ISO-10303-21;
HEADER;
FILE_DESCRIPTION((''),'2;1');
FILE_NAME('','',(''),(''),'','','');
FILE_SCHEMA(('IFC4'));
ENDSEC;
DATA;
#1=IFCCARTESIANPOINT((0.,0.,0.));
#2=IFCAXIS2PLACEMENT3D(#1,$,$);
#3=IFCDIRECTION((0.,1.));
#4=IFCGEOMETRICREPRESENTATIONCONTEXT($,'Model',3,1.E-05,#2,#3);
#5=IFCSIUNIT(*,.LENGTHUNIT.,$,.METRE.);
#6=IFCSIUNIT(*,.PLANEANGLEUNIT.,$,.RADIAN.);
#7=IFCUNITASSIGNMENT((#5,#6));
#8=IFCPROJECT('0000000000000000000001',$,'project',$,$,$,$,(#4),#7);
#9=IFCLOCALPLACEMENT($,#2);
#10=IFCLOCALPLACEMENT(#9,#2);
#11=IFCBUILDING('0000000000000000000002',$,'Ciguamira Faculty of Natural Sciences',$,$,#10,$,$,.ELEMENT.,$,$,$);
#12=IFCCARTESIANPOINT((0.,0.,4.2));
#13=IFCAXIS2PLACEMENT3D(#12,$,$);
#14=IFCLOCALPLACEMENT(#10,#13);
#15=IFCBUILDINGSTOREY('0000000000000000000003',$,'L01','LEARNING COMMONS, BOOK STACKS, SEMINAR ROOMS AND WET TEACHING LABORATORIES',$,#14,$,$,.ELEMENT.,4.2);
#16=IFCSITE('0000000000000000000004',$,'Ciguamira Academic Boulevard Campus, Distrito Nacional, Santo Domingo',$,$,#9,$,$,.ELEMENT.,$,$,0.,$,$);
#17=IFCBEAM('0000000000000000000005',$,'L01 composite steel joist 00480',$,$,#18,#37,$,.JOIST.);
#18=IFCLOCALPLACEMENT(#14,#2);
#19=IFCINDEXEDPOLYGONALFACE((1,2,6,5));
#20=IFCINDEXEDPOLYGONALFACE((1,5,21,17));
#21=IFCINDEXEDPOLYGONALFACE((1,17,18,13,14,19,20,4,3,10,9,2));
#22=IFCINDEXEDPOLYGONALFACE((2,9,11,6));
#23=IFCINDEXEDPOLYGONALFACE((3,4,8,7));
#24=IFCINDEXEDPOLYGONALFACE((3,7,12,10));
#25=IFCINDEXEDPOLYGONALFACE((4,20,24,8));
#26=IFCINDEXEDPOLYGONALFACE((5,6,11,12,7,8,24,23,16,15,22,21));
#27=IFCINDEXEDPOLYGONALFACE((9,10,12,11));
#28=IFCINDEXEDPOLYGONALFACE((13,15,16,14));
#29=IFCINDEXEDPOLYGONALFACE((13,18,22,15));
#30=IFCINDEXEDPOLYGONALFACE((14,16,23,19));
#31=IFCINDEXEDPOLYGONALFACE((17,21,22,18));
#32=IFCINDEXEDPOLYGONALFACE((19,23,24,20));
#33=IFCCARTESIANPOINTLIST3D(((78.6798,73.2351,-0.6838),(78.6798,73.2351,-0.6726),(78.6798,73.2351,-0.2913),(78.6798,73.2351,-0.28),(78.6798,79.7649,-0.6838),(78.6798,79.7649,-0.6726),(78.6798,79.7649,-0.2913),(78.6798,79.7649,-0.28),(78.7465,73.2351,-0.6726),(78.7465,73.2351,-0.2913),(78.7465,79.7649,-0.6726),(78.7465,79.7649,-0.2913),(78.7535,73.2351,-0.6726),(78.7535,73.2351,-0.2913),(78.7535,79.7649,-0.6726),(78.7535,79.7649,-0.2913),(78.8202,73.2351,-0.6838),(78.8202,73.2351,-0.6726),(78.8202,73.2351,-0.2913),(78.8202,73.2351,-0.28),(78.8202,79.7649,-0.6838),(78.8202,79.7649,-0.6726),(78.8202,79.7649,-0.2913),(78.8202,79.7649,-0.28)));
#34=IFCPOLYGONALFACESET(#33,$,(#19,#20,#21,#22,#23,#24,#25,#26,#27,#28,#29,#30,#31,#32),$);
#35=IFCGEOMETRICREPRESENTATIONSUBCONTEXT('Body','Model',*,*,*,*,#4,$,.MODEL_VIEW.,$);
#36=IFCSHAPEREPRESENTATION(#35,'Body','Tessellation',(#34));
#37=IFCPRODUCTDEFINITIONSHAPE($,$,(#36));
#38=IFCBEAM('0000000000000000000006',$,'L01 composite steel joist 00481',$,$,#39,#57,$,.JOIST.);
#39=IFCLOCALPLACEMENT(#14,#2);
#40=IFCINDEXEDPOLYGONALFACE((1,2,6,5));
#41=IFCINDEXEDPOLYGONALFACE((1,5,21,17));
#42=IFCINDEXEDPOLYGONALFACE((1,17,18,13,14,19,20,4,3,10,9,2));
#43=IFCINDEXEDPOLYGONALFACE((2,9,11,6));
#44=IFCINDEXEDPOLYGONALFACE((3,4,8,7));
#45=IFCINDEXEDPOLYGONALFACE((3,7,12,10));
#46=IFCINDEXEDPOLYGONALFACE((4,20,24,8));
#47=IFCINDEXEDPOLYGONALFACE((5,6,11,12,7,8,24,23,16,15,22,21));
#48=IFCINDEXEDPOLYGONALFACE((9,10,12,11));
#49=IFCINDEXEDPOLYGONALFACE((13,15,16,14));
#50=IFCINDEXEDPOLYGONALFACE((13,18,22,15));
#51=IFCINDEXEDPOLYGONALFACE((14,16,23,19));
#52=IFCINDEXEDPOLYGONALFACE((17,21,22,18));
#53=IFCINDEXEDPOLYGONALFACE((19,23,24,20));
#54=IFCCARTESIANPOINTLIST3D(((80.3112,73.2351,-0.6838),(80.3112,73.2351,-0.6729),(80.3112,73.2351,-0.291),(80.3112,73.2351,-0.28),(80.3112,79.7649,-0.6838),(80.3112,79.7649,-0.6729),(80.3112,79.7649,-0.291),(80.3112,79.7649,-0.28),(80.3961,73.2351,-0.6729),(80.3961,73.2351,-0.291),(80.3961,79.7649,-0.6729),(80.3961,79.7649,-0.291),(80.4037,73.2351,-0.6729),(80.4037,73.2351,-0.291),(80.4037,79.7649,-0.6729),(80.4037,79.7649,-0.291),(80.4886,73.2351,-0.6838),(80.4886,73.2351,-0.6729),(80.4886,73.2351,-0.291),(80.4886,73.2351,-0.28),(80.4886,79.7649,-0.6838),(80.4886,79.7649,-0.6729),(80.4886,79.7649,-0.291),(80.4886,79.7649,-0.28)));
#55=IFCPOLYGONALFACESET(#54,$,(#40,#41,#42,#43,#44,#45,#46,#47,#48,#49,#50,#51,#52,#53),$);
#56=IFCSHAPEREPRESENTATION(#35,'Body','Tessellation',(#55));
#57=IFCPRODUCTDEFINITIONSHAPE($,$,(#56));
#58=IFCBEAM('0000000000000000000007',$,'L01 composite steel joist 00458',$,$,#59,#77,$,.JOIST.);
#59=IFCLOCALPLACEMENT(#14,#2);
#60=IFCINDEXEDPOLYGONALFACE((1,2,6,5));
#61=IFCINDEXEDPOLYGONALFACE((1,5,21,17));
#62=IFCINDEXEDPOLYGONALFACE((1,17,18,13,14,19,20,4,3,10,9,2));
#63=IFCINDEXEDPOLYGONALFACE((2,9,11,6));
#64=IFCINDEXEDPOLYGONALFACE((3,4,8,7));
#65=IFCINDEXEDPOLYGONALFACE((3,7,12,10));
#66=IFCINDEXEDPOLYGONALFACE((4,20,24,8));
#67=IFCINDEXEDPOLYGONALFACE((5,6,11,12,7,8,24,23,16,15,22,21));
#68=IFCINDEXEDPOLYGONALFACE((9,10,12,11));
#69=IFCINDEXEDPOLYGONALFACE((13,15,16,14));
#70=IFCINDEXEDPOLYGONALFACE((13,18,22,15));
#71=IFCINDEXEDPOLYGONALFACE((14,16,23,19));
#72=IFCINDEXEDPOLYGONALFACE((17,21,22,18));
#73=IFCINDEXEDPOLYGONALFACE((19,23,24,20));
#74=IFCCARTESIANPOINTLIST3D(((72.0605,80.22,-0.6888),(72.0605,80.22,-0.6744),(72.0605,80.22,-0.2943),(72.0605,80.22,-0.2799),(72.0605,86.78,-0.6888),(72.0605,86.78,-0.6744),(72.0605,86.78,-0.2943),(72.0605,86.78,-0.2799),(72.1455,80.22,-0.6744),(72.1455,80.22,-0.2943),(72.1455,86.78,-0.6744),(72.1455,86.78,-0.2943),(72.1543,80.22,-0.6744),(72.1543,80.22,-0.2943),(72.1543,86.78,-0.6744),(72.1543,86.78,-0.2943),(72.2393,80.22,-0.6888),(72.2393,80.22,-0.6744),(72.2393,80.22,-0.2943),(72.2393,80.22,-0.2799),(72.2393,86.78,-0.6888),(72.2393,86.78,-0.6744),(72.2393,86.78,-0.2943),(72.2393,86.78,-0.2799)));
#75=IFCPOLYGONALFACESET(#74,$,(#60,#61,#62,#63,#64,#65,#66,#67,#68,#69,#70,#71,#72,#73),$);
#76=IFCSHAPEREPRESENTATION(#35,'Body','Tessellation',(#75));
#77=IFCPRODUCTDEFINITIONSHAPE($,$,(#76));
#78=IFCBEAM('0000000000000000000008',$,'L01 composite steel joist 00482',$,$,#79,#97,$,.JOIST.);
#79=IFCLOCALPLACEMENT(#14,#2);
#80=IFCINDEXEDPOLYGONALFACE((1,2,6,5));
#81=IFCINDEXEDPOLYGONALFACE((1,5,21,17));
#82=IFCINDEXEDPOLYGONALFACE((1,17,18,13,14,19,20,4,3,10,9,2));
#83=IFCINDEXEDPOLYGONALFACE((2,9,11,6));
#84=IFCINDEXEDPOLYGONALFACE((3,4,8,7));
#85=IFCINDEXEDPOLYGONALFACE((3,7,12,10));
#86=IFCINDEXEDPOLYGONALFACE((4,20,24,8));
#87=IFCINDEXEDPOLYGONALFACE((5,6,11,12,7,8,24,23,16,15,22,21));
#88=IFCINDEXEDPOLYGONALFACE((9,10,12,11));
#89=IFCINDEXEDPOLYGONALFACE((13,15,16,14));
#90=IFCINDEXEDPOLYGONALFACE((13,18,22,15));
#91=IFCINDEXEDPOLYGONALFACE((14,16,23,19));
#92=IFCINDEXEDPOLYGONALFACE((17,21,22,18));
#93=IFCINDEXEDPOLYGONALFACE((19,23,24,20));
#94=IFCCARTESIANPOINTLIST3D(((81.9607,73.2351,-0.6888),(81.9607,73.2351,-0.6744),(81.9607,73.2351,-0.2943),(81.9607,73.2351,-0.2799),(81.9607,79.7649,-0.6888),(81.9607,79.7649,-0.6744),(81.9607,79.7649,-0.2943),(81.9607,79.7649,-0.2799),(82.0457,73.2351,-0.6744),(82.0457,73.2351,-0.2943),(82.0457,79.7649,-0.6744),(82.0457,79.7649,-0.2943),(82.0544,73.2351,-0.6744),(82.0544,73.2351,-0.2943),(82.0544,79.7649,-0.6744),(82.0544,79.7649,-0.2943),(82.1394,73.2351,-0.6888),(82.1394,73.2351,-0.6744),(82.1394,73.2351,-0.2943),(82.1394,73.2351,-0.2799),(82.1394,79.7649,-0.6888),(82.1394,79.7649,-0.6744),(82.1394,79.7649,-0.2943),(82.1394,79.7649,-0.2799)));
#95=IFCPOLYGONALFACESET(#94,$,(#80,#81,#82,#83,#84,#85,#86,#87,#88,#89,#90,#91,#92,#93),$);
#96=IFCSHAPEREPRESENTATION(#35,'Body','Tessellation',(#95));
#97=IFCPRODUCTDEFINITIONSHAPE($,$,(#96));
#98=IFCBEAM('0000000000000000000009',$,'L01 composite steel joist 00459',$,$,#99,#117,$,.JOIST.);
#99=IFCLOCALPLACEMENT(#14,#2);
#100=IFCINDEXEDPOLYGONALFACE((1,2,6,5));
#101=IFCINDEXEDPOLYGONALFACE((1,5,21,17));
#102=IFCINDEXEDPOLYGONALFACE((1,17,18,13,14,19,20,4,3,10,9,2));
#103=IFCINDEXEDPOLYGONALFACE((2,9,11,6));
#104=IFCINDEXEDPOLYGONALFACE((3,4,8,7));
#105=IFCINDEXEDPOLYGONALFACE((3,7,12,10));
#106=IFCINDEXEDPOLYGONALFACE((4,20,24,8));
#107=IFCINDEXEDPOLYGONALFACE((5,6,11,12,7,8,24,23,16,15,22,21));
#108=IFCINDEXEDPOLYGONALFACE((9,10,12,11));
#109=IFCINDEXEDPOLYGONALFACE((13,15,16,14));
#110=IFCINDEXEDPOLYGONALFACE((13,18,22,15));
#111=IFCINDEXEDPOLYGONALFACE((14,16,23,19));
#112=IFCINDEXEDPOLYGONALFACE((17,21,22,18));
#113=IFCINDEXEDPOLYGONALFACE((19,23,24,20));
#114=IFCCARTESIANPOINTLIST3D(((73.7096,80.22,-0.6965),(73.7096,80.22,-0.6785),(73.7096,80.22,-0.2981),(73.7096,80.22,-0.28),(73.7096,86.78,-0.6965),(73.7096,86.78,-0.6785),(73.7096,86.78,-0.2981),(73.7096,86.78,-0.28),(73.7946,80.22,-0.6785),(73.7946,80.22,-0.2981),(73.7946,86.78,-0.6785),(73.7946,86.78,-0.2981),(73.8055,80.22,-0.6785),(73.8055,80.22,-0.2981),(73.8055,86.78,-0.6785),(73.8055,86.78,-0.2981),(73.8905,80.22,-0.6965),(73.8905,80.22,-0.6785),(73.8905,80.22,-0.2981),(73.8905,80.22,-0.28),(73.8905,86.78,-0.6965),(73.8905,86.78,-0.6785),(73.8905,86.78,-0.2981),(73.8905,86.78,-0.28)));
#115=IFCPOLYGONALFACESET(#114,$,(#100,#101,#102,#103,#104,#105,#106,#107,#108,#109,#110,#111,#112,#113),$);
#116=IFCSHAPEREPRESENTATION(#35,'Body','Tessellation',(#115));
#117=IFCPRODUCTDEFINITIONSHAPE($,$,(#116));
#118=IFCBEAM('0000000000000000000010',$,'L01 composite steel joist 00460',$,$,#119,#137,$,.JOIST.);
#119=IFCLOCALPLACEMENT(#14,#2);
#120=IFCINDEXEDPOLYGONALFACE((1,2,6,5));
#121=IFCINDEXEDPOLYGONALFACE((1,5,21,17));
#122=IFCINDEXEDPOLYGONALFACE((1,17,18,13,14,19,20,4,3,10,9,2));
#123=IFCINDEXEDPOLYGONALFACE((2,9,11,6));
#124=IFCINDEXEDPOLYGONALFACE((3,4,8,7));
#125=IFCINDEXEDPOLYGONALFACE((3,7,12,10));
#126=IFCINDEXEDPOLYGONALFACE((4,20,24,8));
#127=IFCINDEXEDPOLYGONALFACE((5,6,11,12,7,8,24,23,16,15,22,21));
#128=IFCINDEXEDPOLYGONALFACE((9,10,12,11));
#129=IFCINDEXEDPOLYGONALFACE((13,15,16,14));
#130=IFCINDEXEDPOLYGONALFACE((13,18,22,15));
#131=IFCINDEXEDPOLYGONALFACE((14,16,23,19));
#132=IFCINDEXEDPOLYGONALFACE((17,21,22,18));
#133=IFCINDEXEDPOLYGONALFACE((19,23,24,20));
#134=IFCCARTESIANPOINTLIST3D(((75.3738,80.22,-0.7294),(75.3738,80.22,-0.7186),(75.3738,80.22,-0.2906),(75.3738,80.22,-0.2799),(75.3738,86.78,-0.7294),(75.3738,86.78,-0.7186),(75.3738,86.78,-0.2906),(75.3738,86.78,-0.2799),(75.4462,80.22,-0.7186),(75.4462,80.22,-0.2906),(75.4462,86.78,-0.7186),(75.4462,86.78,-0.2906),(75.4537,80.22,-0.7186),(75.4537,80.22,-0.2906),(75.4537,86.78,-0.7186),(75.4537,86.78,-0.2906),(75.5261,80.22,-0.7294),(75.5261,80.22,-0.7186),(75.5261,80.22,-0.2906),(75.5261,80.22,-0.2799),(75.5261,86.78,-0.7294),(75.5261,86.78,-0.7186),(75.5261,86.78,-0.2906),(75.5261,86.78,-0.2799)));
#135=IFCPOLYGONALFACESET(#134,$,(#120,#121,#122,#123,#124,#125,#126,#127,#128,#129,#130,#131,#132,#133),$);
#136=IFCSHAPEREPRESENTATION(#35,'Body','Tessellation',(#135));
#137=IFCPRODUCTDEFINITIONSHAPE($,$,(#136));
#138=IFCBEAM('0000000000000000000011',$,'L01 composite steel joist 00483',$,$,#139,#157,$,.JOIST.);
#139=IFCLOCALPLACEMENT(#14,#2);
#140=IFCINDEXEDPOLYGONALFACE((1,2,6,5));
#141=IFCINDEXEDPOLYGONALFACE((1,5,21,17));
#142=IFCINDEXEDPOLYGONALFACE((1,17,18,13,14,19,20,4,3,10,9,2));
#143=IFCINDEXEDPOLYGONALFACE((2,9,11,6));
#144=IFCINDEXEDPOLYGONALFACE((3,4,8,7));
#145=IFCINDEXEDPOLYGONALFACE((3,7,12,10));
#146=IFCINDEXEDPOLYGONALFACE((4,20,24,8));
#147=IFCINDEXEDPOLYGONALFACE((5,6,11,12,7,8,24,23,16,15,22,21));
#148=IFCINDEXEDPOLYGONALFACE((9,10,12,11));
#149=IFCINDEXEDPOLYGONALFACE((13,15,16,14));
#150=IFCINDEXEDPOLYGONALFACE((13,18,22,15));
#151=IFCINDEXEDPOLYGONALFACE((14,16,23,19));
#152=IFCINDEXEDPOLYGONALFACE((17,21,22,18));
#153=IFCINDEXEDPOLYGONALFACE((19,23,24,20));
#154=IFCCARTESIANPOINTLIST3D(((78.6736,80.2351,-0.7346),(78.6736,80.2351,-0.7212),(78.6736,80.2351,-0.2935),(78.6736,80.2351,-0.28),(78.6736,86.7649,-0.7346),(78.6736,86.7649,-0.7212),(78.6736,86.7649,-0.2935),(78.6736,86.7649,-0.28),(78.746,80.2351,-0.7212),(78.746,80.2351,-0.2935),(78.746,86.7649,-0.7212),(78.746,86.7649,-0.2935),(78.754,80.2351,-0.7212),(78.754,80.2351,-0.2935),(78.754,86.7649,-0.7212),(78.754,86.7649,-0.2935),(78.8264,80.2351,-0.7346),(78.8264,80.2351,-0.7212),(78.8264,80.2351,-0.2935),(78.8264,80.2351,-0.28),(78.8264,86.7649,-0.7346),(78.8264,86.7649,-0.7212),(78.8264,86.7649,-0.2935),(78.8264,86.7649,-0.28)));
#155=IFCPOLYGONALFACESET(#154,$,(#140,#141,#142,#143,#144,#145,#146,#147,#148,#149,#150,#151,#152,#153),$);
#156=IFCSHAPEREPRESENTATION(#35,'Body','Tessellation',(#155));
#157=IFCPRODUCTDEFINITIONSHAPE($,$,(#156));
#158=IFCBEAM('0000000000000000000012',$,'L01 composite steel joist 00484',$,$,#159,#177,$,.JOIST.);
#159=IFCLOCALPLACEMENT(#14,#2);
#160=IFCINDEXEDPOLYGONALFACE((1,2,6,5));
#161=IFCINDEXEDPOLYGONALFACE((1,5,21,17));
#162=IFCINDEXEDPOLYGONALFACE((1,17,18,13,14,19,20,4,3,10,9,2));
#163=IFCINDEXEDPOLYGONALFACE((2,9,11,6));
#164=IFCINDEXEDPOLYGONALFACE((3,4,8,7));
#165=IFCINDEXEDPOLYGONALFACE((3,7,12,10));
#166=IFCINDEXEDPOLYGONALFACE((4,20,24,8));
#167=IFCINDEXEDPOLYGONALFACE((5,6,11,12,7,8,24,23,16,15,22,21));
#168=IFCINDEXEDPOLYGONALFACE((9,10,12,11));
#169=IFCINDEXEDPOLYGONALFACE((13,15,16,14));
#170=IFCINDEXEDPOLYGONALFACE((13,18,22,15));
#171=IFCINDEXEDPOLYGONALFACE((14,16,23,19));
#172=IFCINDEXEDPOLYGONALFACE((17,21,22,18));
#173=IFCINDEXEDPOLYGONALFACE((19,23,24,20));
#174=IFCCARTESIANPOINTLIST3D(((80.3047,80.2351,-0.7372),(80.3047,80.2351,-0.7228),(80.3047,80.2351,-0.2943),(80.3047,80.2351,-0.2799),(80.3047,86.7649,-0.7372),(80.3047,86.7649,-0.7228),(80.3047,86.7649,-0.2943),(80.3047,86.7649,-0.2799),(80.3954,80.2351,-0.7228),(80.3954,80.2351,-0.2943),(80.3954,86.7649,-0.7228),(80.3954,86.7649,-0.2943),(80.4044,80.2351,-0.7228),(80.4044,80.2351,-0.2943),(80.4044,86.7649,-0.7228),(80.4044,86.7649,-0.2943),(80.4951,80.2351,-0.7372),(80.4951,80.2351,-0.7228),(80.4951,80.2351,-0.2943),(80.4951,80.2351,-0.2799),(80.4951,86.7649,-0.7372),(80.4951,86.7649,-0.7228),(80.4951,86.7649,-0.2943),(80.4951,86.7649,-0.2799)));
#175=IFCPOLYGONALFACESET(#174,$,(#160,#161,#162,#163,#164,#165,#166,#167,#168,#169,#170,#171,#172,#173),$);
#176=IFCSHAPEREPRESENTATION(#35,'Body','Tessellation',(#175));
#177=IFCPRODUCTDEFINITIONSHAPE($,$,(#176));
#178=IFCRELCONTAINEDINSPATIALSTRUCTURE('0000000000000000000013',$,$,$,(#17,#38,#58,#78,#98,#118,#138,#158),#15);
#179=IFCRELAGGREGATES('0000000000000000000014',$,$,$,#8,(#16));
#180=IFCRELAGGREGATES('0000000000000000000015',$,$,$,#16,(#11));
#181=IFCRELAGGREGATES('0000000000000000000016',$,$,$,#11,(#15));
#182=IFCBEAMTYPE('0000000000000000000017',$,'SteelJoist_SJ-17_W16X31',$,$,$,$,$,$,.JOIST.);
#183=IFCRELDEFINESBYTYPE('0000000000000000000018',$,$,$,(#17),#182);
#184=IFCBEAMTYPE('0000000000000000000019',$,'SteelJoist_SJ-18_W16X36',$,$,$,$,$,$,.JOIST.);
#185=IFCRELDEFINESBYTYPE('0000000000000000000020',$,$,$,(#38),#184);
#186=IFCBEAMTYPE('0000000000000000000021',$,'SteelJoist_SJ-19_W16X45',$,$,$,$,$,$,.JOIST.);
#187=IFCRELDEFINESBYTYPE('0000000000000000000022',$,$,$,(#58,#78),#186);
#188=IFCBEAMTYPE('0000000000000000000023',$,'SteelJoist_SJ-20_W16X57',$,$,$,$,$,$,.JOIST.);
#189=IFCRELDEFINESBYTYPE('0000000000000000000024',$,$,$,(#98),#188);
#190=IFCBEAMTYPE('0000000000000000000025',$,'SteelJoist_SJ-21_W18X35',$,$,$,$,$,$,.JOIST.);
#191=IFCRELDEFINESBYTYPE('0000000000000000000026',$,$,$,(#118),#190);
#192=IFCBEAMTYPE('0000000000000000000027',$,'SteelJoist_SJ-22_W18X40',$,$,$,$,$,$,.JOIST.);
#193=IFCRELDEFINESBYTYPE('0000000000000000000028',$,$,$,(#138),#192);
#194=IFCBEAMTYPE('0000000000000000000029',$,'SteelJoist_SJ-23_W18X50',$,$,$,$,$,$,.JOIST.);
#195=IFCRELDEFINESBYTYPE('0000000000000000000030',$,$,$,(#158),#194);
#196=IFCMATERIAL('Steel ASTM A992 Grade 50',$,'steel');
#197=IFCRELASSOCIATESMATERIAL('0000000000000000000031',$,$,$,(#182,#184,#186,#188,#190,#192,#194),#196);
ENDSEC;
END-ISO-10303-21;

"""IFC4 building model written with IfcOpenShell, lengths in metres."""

from ifc_helpers import new_model, si_unit, direction, frame, origin, origin_2d, place, context, subcontext, project, spatial, i_section, extrude, material, material_profile, profile_set, type_object, element, save


model = new_model("IFC4")

# Units and contexts
model_context = context("Model", 3, precision=1e-05, world=origin(), true_north=direction((0.0, 1.0)))
body_context = subcontext(model_context, "Body", "Model", "MODEL_VIEW")
ifc_project = project(units=[si_unit("LENGTHUNIT", "METRE"), si_unit("PLANEANGLEUNIT", "RADIAN")], contexts=[model_context])

# Site, building, storey
site_placement = place(None, origin())
site = spatial("IfcSite", under=ifc_project, at=site_placement, Name="Ciguamira Academic Boulevard Campus, Distrito Nacional, Santo Domingo", CompositionType="ELEMENT", RefElevation=0.0)
building_placement = place(site_placement, origin())
building = spatial("IfcBuilding", under=site, at=building_placement, Name="Ciguamira Faculty of Natural Sciences", CompositionType="ELEMENT")
storey_placement = place(building_placement, frame((0.0, 0.0, 4.2)))
storey = spatial("IfcBuildingStorey", under=building, at=storey_placement, Name="L01", Description="LEARNING COMMONS, BOOK STACKS, SEMINAR ROOMS AND WET TEACHING LABORATORIES", CompositionType="ELEMENT", Elevation=4.2)

# Beams
ifc_material_1 = material(Name="Steel ASTM A992 Grade 50", Category="steel")
ifc_material_profile_1 = material_profile(ifc_material_1, i_section(OverallWidth=0.1404, OverallDepth=0.4038, WebThickness=0.0071, FlangeThickness=0.0112, at=origin_2d()), Name="W16X31")
ifc_profile_set_1 = profile_set([ifc_material_profile_1], Name="Steel ASTM A992 Grade 50")
beam_type_1 = type_object("IfcBeamType", Name="SteelJoist_SJ-17_W16X31", PredefinedType="JOIST", material=ifc_profile_set_1)
beam_1_placement = place(storey_placement, frame((78.75, 73.2351, -0.4819), z_axis=(0.0, 1.0, 0.0), x_axis=(-1.0, 0.0, 0.0)))
element("IfcBeam", 1, at=beam_1_placement, inside=storey, type_object=beam_type_1, Name="L01 composite steel joist 00480", PredefinedType="JOIST", context=body_context, shape_type="SweptSolid", body=[
    extrude(i_section(OverallWidth=0.1404, OverallDepth=0.4038, WebThickness=0.0071, FlangeThickness=0.0112, at=origin_2d()), origin(), (0.0, 0.0, 1.0), 6.5298),
])
ifc_material_profile_2 = material_profile(ifc_material_1, i_section(OverallWidth=0.1775, OverallDepth=0.4038, WebThickness=0.0076, FlangeThickness=0.011, at=origin_2d()), Name="W16X36")
ifc_profile_set_2 = profile_set([ifc_material_profile_2], Name="Steel ASTM A992 Grade 50")
beam_type_2 = type_object("IfcBeamType", Name="SteelJoist_SJ-18_W16X36", PredefinedType="JOIST", material=ifc_profile_set_2)
beam_2_placement = place(storey_placement, frame((80.3999, 73.2351, -0.4819), z_axis=(0.0, 1.0, 0.0), x_axis=(-1.0, 0.0, 0.0)))
element("IfcBeam", 2, at=beam_2_placement, inside=storey, type_object=beam_type_2, Name="L01 composite steel joist 00481", PredefinedType="JOIST", context=body_context, shape_type="SweptSolid", body=[
    extrude(i_section(OverallWidth=0.1775, OverallDepth=0.4038, WebThickness=0.0076, FlangeThickness=0.011, at=origin_2d()), origin(), (0.0, 0.0, 1.0), 6.5298),
])
ifc_material_profile_3 = material_profile(ifc_material_1, i_section(OverallWidth=0.1787, OverallDepth=0.4089, WebThickness=0.0088, FlangeThickness=0.0144, at=origin_2d()), Name="W16X45")
ifc_profile_set_3 = profile_set([ifc_material_profile_3], Name="Steel ASTM A992 Grade 50")
beam_type_3 = type_object("IfcBeamType", Name="SteelJoist_SJ-19_W16X45", PredefinedType="JOIST", material=ifc_profile_set_3)
beam_3_placement = place(storey_placement, frame((72.1499, 80.22, -0.4844), z_axis=(0.0, 1.0, 0.0), x_axis=(-1.0, 0.0, 0.0)))
element("IfcBeam", 3, at=beam_3_placement, inside=storey, type_object=beam_type_3, Name="L01 composite steel joist 00458", PredefinedType="JOIST", context=body_context, shape_type="SweptSolid", body=[
    extrude(i_section(OverallWidth=0.1787, OverallDepth=0.4089, WebThickness=0.0088, FlangeThickness=0.0144, at=origin_2d()), origin(), (0.0, 0.0, 1.0), 6.5601),
])
beam_4_placement = place(storey_placement, frame((82.05, 73.2351, -0.4844), z_axis=(0.0, 1.0, 0.0), x_axis=(-1.0, 0.0, 0.0)))
element("IfcBeam", 4, at=beam_4_placement, inside=storey, type_object=beam_type_3, Name="L01 composite steel joist 00482", PredefinedType="JOIST", context=body_context, shape_type="SweptSolid", body=[
    extrude(i_section(OverallWidth=0.1787, OverallDepth=0.4089, WebThickness=0.0088, FlangeThickness=0.0144, at=origin_2d()), origin(), (0.0, 0.0, 1.0), 6.5298),
])
ifc_material_profile_4 = material_profile(ifc_material_1, i_section(OverallWidth=0.1809, OverallDepth=0.4165, WebThickness=0.011, FlangeThickness=0.0181, at=origin_2d()), Name="W16X57")
ifc_profile_set_4 = profile_set([ifc_material_profile_4], Name="Steel ASTM A992 Grade 50")
beam_type_4 = type_object("IfcBeamType", Name="SteelJoist_SJ-20_W16X57", PredefinedType="JOIST", material=ifc_profile_set_4)
beam_5_placement = place(storey_placement, frame((73.8, 80.22, -0.4883), z_axis=(0.0, 1.0, 0.0), x_axis=(-1.0, 0.0, 0.0)))
element("IfcBeam", 5, at=beam_5_placement, inside=storey, type_object=beam_type_4, Name="L01 composite steel joist 00459", PredefinedType="JOIST", context=body_context, shape_type="SweptSolid", body=[
    extrude(i_section(OverallWidth=0.1809, OverallDepth=0.4165, WebThickness=0.011, FlangeThickness=0.0181, at=origin_2d()), origin(), (0.0, 0.0, 1.0), 6.5601),
])
ifc_material_profile_5 = material_profile(ifc_material_1, i_section(OverallWidth=0.1523, OverallDepth=0.4495, WebThickness=0.0076, FlangeThickness=0.0107, at=origin_2d()), Name="W18X35")
ifc_profile_set_5 = profile_set([ifc_material_profile_5], Name="Steel ASTM A992 Grade 50")
beam_type_5 = type_object("IfcBeamType", Name="SteelJoist_SJ-21_W18X35", PredefinedType="JOIST", material=ifc_profile_set_5)
beam_6_placement = place(storey_placement, frame((75.45, 80.22, -0.5046), z_axis=(0.0, 1.0, 0.0), x_axis=(-1.0, 0.0, 0.0)))
element("IfcBeam", 6, at=beam_6_placement, inside=storey, type_object=beam_type_5, Name="L01 composite steel joist 00460", PredefinedType="JOIST", context=body_context, shape_type="SweptSolid", body=[
    extrude(i_section(OverallWidth=0.1523, OverallDepth=0.4495, WebThickness=0.0076, FlangeThickness=0.0107, at=origin_2d()), origin(), (0.0, 0.0, 1.0), 6.5601),
])
ifc_material_profile_6 = material_profile(ifc_material_1, i_section(OverallWidth=0.1528, OverallDepth=0.4546, WebThickness=0.0081, FlangeThickness=0.0134, at=origin_2d()), Name="W18X40")
ifc_profile_set_6 = profile_set([ifc_material_profile_6], Name="Steel ASTM A992 Grade 50")
beam_type_6 = type_object("IfcBeamType", Name="SteelJoist_SJ-22_W18X40", PredefinedType="JOIST", material=ifc_profile_set_6)
beam_7_placement = place(storey_placement, frame((78.75, 80.2351, -0.5073), z_axis=(0.0, 1.0, 0.0), x_axis=(-1.0, 0.0, 0.0)))
element("IfcBeam", 7, at=beam_7_placement, inside=storey, type_object=beam_type_6, Name="L01 composite steel joist 00483", PredefinedType="JOIST", context=body_context, shape_type="SweptSolid", body=[
    extrude(i_section(OverallWidth=0.1528, OverallDepth=0.4546, WebThickness=0.0081, FlangeThickness=0.0134, at=origin_2d()), origin(), (0.0, 0.0, 1.0), 6.5298),
])
ifc_material_profile_7 = material_profile(ifc_material_1, i_section(OverallWidth=0.1904, OverallDepth=0.4573, WebThickness=0.009, FlangeThickness=0.0144, at=origin_2d()), Name="W18X50")
ifc_profile_set_7 = profile_set([ifc_material_profile_7], Name="Steel ASTM A992 Grade 50")
beam_type_7 = type_object("IfcBeamType", Name="SteelJoist_SJ-23_W18X50", PredefinedType="JOIST", material=ifc_profile_set_7)
beam_8_placement = place(storey_placement, frame((80.3999, 80.2351, -0.5085), z_axis=(0.0, 1.0, 0.0), x_axis=(-1.0, 0.0, 0.0)))
element("IfcBeam", 8, at=beam_8_placement, inside=storey, type_object=beam_type_7, Name="L01 composite steel joist 00484", PredefinedType="JOIST", context=body_context, shape_type="SweptSolid", body=[
    extrude(i_section(OverallWidth=0.1904, OverallDepth=0.4573, WebThickness=0.009, FlangeThickness=0.0144, at=origin_2d()), origin(), (0.0, 0.0, 1.0), 6.5298),
])

save(model, "model.ifc")
